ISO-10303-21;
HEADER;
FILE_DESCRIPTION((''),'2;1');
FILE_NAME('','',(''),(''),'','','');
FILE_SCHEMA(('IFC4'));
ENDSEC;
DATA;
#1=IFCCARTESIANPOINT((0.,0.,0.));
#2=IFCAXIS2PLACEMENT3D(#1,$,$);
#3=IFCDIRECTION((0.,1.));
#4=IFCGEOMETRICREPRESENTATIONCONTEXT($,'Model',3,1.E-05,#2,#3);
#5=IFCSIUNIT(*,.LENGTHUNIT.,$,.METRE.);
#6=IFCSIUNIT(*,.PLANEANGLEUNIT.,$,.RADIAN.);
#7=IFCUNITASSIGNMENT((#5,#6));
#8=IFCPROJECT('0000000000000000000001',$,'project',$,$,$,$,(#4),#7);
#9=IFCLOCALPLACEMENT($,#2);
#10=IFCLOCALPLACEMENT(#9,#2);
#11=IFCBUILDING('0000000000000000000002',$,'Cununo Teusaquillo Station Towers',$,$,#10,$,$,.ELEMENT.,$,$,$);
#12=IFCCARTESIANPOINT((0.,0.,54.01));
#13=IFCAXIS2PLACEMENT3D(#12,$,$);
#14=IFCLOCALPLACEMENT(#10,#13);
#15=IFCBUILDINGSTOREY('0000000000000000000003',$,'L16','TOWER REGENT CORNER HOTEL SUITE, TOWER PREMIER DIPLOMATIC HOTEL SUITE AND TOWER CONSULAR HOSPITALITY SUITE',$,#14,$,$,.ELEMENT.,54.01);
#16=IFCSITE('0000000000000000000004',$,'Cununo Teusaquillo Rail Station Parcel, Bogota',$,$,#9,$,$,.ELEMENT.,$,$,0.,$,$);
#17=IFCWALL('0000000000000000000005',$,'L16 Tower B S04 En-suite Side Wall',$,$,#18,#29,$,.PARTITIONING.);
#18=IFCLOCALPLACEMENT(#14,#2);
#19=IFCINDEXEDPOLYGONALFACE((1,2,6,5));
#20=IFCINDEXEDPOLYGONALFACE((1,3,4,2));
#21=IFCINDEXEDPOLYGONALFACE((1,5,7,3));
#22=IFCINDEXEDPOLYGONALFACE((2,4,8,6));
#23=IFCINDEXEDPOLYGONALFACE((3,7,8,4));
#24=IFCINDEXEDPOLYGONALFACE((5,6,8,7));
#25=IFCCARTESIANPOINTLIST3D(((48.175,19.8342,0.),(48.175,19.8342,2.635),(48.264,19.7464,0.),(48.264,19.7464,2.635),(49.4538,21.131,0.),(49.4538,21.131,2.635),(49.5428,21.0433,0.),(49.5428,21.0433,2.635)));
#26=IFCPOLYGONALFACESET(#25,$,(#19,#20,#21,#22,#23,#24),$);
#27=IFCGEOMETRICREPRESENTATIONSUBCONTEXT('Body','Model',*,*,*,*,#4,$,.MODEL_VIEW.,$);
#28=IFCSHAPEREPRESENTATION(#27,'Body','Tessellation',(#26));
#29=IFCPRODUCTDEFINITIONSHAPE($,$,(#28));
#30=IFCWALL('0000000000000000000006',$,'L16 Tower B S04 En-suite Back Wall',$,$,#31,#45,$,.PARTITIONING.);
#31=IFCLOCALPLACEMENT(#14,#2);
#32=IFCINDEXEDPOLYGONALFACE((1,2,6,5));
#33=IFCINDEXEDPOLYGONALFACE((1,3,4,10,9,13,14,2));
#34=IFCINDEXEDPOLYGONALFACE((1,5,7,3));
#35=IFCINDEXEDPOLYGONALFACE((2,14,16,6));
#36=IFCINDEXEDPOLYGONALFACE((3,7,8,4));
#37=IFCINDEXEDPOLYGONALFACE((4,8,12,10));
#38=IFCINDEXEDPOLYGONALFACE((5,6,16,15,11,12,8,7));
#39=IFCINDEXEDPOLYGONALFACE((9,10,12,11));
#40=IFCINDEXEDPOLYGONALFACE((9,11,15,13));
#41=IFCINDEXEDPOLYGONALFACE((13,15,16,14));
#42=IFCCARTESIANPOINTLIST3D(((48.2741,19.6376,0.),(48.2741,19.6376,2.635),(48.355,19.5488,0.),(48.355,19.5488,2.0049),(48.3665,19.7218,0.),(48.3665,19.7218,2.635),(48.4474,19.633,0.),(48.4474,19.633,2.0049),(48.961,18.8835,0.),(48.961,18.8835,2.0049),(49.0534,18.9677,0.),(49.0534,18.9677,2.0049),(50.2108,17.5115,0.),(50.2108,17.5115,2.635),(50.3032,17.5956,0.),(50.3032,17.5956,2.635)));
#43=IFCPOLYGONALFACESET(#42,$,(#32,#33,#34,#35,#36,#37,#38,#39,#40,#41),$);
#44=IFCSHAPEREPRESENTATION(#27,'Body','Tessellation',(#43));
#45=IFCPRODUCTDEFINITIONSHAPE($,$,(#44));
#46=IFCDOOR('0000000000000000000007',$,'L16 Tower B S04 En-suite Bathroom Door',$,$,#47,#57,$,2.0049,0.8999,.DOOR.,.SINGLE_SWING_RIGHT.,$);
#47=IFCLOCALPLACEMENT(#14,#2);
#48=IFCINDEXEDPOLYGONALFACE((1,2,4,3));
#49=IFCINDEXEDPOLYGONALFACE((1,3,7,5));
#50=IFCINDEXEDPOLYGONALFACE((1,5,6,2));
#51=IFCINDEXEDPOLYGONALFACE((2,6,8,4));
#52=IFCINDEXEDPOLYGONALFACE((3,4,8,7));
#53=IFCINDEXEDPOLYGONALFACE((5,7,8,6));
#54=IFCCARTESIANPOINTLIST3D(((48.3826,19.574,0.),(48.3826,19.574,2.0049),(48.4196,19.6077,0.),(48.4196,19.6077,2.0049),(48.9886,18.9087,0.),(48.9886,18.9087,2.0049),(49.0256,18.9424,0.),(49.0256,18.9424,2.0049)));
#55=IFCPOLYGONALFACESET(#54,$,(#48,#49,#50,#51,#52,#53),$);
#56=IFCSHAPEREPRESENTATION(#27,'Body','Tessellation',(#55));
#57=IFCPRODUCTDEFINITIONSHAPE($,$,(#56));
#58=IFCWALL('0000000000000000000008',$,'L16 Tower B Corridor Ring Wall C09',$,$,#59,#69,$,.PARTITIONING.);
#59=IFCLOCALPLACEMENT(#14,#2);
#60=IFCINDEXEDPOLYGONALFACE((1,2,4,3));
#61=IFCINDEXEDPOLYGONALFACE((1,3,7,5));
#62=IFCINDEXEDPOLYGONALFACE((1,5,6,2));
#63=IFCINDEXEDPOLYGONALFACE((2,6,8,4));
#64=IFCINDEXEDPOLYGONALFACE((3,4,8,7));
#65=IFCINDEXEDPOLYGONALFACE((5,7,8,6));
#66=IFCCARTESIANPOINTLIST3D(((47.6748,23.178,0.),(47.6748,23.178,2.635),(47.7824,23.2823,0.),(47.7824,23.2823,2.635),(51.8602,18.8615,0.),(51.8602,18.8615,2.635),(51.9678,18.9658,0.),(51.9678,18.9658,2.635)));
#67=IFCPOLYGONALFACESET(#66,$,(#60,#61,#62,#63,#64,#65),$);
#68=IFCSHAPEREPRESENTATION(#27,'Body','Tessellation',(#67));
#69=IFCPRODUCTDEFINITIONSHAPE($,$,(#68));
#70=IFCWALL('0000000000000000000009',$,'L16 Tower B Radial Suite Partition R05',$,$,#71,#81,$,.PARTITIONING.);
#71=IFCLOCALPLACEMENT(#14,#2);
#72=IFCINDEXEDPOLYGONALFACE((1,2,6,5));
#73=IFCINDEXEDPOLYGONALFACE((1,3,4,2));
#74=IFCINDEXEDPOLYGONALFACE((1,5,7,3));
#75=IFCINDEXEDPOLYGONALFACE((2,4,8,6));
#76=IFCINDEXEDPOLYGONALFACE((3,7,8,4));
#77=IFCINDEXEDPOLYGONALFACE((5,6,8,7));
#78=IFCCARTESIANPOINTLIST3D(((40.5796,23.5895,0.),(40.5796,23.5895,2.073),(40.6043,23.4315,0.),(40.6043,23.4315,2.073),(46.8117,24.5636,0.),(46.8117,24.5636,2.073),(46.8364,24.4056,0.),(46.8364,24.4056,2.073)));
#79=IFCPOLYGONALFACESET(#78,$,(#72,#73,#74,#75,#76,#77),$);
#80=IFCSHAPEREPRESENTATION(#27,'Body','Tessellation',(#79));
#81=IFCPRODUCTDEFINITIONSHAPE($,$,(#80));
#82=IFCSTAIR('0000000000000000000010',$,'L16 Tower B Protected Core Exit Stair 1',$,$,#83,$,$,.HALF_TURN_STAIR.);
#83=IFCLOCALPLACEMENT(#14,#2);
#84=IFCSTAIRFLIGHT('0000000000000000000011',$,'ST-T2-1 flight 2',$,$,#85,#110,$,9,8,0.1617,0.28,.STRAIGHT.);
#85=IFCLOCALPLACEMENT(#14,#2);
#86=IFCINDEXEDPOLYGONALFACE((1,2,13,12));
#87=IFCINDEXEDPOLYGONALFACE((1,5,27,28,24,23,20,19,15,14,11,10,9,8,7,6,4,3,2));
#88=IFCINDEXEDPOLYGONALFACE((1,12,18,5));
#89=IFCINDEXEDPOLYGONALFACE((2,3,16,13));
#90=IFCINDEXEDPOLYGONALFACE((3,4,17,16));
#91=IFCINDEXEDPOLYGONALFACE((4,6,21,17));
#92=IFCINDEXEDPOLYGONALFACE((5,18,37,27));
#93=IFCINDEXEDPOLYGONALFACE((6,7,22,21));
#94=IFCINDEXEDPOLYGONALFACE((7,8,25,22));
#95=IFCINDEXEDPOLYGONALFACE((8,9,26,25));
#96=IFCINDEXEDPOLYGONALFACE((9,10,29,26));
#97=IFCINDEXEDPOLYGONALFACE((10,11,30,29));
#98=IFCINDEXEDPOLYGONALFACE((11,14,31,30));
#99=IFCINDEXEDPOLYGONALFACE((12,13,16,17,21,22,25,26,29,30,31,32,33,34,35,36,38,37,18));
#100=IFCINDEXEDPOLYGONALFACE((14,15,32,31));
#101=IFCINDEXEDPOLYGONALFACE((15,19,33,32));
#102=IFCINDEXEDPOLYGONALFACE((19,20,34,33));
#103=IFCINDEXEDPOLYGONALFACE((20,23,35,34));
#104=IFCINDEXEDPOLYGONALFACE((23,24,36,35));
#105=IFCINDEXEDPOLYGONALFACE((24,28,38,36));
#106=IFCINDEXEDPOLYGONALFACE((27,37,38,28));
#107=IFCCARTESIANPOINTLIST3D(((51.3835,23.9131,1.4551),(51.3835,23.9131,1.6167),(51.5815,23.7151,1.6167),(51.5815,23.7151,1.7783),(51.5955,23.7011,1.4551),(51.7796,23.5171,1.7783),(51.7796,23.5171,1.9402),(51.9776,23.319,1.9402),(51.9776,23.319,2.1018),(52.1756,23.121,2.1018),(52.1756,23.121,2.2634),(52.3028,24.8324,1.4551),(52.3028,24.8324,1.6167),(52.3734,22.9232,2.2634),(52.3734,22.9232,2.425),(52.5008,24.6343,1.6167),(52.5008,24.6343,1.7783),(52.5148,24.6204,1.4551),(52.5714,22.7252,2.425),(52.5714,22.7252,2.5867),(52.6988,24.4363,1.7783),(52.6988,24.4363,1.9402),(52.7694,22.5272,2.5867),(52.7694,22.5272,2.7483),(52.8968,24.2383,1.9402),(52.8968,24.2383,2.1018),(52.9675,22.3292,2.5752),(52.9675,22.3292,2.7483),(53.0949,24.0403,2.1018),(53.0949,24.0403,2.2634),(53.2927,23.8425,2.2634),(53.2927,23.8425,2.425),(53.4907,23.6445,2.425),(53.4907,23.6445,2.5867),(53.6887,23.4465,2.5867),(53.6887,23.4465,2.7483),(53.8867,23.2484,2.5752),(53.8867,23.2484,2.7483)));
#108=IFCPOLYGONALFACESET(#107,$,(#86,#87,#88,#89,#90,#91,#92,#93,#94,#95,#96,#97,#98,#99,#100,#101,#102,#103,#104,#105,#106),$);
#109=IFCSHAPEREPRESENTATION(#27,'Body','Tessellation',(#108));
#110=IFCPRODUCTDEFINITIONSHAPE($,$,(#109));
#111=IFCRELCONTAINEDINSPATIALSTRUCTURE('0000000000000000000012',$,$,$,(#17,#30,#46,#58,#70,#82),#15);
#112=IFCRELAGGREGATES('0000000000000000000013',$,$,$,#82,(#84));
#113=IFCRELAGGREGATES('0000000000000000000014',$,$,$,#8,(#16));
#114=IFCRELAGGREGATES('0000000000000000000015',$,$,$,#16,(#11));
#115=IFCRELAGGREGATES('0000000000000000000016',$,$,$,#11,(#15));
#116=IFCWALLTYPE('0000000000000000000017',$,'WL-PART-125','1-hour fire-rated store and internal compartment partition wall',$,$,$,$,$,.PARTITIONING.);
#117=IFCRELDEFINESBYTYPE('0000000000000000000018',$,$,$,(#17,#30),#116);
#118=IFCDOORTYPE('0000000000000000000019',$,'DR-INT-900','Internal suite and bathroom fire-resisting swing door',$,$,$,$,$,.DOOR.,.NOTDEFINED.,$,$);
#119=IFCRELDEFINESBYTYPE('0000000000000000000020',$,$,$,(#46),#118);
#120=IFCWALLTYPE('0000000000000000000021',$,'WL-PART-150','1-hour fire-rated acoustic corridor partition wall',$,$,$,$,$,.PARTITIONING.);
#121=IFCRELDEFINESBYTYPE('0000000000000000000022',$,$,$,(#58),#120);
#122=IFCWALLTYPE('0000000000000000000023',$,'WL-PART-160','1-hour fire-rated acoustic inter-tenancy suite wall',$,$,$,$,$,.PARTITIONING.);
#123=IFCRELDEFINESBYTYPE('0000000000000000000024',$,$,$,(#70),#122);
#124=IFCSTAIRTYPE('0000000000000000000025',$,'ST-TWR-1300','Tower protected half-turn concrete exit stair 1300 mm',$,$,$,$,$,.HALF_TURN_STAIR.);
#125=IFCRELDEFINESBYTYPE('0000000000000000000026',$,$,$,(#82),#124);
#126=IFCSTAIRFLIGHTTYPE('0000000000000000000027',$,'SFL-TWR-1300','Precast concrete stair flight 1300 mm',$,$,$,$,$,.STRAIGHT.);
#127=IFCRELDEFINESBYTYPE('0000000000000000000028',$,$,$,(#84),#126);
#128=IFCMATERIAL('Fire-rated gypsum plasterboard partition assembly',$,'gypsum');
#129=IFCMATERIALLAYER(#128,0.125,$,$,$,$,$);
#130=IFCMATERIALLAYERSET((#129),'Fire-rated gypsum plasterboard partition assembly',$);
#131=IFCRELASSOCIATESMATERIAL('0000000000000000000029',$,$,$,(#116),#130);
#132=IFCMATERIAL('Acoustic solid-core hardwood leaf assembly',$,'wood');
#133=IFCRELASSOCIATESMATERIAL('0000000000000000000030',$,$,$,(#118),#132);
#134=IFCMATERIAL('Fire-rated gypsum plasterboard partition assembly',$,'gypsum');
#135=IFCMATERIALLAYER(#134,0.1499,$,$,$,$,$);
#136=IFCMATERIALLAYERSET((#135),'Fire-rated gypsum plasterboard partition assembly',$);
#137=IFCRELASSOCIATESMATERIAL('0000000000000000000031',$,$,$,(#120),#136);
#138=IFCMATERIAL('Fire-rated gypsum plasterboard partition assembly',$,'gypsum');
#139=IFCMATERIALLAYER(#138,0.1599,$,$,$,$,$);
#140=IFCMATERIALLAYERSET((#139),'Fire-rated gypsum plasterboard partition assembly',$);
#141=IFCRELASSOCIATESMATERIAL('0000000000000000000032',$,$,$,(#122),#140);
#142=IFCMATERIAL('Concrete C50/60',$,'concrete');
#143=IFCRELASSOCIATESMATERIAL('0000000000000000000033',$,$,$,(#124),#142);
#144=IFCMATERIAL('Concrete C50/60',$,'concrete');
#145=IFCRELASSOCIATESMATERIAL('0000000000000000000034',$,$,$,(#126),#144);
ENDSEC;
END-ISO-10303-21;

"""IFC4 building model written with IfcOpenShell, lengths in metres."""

from ifc_helpers import new_model, si_unit, direction, frame, frame_2d, origin, place, context, subcontext, project, spatial, polyline, rectangle, outline, extrude, source, transform, mapped, material, layer, layer_set, type_object, element, fill, aggregate, save


model = new_model("IFC4")

# Units and contexts
model_context = context("Model", 3, precision=1e-05, world=origin(), true_north=direction((0.0, 1.0)))
body_context = subcontext(model_context, "Body", "Model", "MODEL_VIEW")
ifc_project = project(units=[si_unit("LENGTHUNIT", "METRE"), si_unit("PLANEANGLEUNIT", "RADIAN")], contexts=[model_context])

# Site, building, storey
site_placement = place(None, origin())
site = spatial("IfcSite", under=ifc_project, at=site_placement, Name="Cununo Teusaquillo Rail Station Parcel, Bogota", CompositionType="ELEMENT", RefElevation=0.0)
building_placement = place(site_placement, origin())
building = spatial("IfcBuilding", under=site, at=building_placement, Name="Cununo Teusaquillo Station Towers", CompositionType="ELEMENT")
storey_placement = place(building_placement, frame((0.0, 0.0, 54.01)))
storey = spatial("IfcBuildingStorey", under=building, at=storey_placement, Name="L16", Description="TOWER REGENT CORNER HOTEL SUITE, TOWER PREMIER DIPLOMATIC HOTEL SUITE AND TOWER CONSULAR HOSPITALITY SUITE", CompositionType="ELEMENT", Elevation=54.01)

# Wall
ifc_material_1 = material(Name="Fire-rated gypsum plasterboard partition assembly", Category="gypsum")
ifc_layer_1 = layer(ifc_material_1, 0.125)
ifc_layer_set_1 = layer_set([ifc_layer_1], Name="Fire-rated gypsum plasterboard partition assembly")
wall_type_1 = type_object("IfcWallType", Name="WL-PART-125", Description="1-hour fire-rated store and internal compartment partition wall", PredefinedType="PARTITIONING", material=ifc_layer_set_1)
wall_1_placement = place(storey_placement, frame((49.4983, 21.0872, 0.0), z_axis=(0.0, 0.0, 1.0), x_axis=(-0.70213, -0.712049, 0.0)))
element("IfcWall", 1, at=wall_1_placement, inside=storey, type_object=wall_type_1, Name="L16 Tower B S04 En-suite Side Wall", PredefinedType="PARTITIONING", context=body_context, shape_type="SweptSolid", body=[
    extrude(rectangle(XDim=1.8213, YDim=0.125, at=frame_2d((0.9106, 0.0))), origin(), (0.0, 0.0, 1.0), 2.635),
])

# Wall, opening, door
wall_2_placement = place(storey_placement, frame((48.3203, 19.6797, 0.0), z_axis=(0.0, 0.0, 1.0), x_axis=(0.673403, -0.739275, 0.0)))
wall_2 = element("IfcWall", 2, at=wall_2_placement, inside=storey, type_object=wall_type_1, Name="L16 Tower B S04 En-suite Back Wall", PredefinedType="PARTITIONING", context=body_context, shape_type="SweptSolid", body=[
    extrude(rectangle(XDim=2.876, YDim=0.125, at=frame_2d((1.438, 0.0))), origin(), (0.0, 0.0, 1.0), 2.635),
])
shared_shape_1 = source(origin(), body_context, "Body", "SweptSolid", [
    extrude(rectangle(XDim=0.8999, YDim=2.0049, at=frame_2d((0.45, 1.0024))), frame((0.0, 0.0725, 0.0), z_axis=(0.0, -1.0, 0.0), x_axis=(1.0, 0.0, 0.0)), (0.0, 0.0, 1.0), 0.145),
])
opening_1_placement = place(wall_2_placement, frame((0.1201, 0.0, 0.0)))
opening_1 = element("IfcOpeningElement", 3, at=opening_1_placement, cuts=wall_2, PredefinedType="OPENING", context=body_context, shape_type="MappedRepresentation", body=[
    mapped(shared_shape_1, transform((0.0, 0.0, 0.0), x_axis=(1.0, 0.0, 0.0), y_axis=(0.0, 1.0, 0.0), z_axis=(0.0, 0.0, 1.0), scale=1.0)),
])
ifc_material_2 = material(Name="Acoustic solid-core hardwood leaf assembly", Category="wood")
door_type_1 = type_object("IfcDoorType", Name="DR-INT-900", Description="Internal suite and bathroom fire-resisting swing door", OperationType="NOTDEFINED", PredefinedType="DOOR", material=ifc_material_2)
shared_shape_2 = source(origin(), body_context, "Body", "SweptSolid", [
    extrude(rectangle(XDim=0.8999, YDim=2.0049, at=frame_2d((0.45, 1.0024))), frame((0.0, 0.0249, 0.0), z_axis=(0.0, -1.0, 0.0), x_axis=(1.0, 0.0, 0.0)), (0.0, 0.0, 1.0), 0.05),
])
door_1_placement = place(opening_1_placement, origin())
door_1 = element("IfcDoor", 4, at=door_1_placement, inside=storey, type_object=door_type_1, Name="L16 Tower B S04 En-suite Bathroom Door", OperationType="SINGLE_SWING_RIGHT", OverallHeight=2.0049, OverallWidth=0.8999, PredefinedType="DOOR", context=body_context, shape_type="MappedRepresentation", body=[
    mapped(shared_shape_2, transform((0.0, 0.0, 0.0), x_axis=(1.0, 0.0, 0.0), y_axis=(0.0, 1.0, 0.0), z_axis=(0.0, 0.0, 1.0), scale=1.0)),
])
fill(opening_1, door_1)

# Walls
ifc_material_3 = material(Name="Fire-rated gypsum plasterboard partition assembly", Category="gypsum")
ifc_layer_2 = layer(ifc_material_3, 0.1499)
ifc_layer_set_2 = layer_set([ifc_layer_2], Name="Fire-rated gypsum plasterboard partition assembly")
wall_type_2 = type_object("IfcWallType", Name="WL-PART-150", Description="1-hour fire-rated acoustic corridor partition wall", PredefinedType="PARTITIONING", material=ifc_layer_set_2)
wall_3_placement = place(storey_placement, frame((47.7285, 23.2302, 0.0), z_axis=(0.0, 0.0, 1.0), x_axis=(0.69612, -0.717926, 0.0)))
element("IfcWall", 5, at=wall_3_placement, inside=storey, type_object=wall_type_2, Name="L16 Tower B Corridor Ring Wall C09", PredefinedType="PARTITIONING", context=body_context, shape_type="SweptSolid", body=[
    extrude(rectangle(XDim=6.0125, YDim=0.1499, at=frame_2d((3.0063, 0.0))), origin(), (0.0, 0.0, 1.0), 2.635),
])
ifc_material_4 = material(Name="Fire-rated gypsum plasterboard partition assembly", Category="gypsum")
ifc_layer_3 = layer(ifc_material_4, 0.1599)
ifc_layer_set_3 = layer_set([ifc_layer_3], Name="Fire-rated gypsum plasterboard partition assembly")
wall_type_3 = type_object("IfcWallType", Name="WL-PART-160", Description="1-hour fire-rated acoustic inter-tenancy suite wall", PredefinedType="PARTITIONING", material=ifc_layer_set_3)
wall_4_placement = place(storey_placement, frame((46.824, 24.4846, 0.0), z_axis=(0.0, 0.0, 1.0), x_axis=(-0.988004, -0.15443, 0.0)))
element("IfcWall", 6, at=wall_4_placement, inside=storey, type_object=wall_type_3, Name="L16 Tower B Radial Suite Partition R05", PredefinedType="PARTITIONING", context=body_context, shape_type="SweptSolid", body=[
    extrude(rectangle(XDim=6.3079, YDim=0.1599, at=frame_2d((3.1538, 0.0))), origin(), (0.0, 0.0, 1.0), 2.073),
])

# Stair, stair flight
ifc_material_5 = material(Name="Concrete C50/60", Category="concrete")
stair_type = type_object("IfcStairType", Name="ST-TWR-1300", Description="Tower protected half-turn concrete exit stair 1300 mm", PredefinedType="HALF_TURN_STAIR", material=ifc_material_5)
stair_placement = place(storey_placement, origin())
stair = element("IfcStair", 7, at=stair_placement, inside=storey, type_object=stair_type, Name="L16 Tower B Protected Core Exit Stair 1", PredefinedType="HALF_TURN_STAIR")
ifc_material_6 = material(Name="Concrete C50/60", Category="concrete")
stair_flight_type = type_object("IfcStairFlightType", Name="SFL-TWR-1300", Description="Precast concrete stair flight 1300 mm", PredefinedType="STRAIGHT", material=ifc_material_6)
stair_flight_placement = place(storey_placement, frame((51.8433, 24.3728, 1.4551), z_axis=(0.0, 0.0, 1.0), x_axis=(0.707107, -0.707107, 0.0)))
stair_flight = element("IfcStairFlight", 8, at=stair_flight_placement, type_object=stair_flight_type, Name="ST-T2-1 flight 2", NumberOfRisers=9, NumberOfTreads=8, PredefinedType="STRAIGHT", RiserHeight=0.1617, TreadLength=0.28, context=body_context, shape_type="SweptSolid", body=[
    extrude(outline(polyline([(0.0, 0.0), (0.0, 0.1616), (0.28, 0.1616), (0.28, 0.3232), (0.5601, 0.3232), (0.5601, 0.4851), (0.8401, 0.4851), (0.8401, 0.6467), (1.1201, 0.6467), (1.1201, 0.8083), (1.3999, 0.8083), (1.3999, 0.97), (1.6799, 0.97), (1.6799, 1.1316), (1.96, 1.1316), (1.96, 1.2932), (2.24, 1.2932), (2.24, 1.4551), (2.24, 1.1201), (0.2998, 0.0), (0.0, 0.0)])), frame((0.0, 0.6499, 0.0), z_axis=(0.0, -1.0, 0.0), x_axis=(1.0, 0.0, 0.0)), (0.0, 0.0, 1.0), 1.3),
])
aggregate(stair, [stair_flight])

save(model, "model.ifc")
